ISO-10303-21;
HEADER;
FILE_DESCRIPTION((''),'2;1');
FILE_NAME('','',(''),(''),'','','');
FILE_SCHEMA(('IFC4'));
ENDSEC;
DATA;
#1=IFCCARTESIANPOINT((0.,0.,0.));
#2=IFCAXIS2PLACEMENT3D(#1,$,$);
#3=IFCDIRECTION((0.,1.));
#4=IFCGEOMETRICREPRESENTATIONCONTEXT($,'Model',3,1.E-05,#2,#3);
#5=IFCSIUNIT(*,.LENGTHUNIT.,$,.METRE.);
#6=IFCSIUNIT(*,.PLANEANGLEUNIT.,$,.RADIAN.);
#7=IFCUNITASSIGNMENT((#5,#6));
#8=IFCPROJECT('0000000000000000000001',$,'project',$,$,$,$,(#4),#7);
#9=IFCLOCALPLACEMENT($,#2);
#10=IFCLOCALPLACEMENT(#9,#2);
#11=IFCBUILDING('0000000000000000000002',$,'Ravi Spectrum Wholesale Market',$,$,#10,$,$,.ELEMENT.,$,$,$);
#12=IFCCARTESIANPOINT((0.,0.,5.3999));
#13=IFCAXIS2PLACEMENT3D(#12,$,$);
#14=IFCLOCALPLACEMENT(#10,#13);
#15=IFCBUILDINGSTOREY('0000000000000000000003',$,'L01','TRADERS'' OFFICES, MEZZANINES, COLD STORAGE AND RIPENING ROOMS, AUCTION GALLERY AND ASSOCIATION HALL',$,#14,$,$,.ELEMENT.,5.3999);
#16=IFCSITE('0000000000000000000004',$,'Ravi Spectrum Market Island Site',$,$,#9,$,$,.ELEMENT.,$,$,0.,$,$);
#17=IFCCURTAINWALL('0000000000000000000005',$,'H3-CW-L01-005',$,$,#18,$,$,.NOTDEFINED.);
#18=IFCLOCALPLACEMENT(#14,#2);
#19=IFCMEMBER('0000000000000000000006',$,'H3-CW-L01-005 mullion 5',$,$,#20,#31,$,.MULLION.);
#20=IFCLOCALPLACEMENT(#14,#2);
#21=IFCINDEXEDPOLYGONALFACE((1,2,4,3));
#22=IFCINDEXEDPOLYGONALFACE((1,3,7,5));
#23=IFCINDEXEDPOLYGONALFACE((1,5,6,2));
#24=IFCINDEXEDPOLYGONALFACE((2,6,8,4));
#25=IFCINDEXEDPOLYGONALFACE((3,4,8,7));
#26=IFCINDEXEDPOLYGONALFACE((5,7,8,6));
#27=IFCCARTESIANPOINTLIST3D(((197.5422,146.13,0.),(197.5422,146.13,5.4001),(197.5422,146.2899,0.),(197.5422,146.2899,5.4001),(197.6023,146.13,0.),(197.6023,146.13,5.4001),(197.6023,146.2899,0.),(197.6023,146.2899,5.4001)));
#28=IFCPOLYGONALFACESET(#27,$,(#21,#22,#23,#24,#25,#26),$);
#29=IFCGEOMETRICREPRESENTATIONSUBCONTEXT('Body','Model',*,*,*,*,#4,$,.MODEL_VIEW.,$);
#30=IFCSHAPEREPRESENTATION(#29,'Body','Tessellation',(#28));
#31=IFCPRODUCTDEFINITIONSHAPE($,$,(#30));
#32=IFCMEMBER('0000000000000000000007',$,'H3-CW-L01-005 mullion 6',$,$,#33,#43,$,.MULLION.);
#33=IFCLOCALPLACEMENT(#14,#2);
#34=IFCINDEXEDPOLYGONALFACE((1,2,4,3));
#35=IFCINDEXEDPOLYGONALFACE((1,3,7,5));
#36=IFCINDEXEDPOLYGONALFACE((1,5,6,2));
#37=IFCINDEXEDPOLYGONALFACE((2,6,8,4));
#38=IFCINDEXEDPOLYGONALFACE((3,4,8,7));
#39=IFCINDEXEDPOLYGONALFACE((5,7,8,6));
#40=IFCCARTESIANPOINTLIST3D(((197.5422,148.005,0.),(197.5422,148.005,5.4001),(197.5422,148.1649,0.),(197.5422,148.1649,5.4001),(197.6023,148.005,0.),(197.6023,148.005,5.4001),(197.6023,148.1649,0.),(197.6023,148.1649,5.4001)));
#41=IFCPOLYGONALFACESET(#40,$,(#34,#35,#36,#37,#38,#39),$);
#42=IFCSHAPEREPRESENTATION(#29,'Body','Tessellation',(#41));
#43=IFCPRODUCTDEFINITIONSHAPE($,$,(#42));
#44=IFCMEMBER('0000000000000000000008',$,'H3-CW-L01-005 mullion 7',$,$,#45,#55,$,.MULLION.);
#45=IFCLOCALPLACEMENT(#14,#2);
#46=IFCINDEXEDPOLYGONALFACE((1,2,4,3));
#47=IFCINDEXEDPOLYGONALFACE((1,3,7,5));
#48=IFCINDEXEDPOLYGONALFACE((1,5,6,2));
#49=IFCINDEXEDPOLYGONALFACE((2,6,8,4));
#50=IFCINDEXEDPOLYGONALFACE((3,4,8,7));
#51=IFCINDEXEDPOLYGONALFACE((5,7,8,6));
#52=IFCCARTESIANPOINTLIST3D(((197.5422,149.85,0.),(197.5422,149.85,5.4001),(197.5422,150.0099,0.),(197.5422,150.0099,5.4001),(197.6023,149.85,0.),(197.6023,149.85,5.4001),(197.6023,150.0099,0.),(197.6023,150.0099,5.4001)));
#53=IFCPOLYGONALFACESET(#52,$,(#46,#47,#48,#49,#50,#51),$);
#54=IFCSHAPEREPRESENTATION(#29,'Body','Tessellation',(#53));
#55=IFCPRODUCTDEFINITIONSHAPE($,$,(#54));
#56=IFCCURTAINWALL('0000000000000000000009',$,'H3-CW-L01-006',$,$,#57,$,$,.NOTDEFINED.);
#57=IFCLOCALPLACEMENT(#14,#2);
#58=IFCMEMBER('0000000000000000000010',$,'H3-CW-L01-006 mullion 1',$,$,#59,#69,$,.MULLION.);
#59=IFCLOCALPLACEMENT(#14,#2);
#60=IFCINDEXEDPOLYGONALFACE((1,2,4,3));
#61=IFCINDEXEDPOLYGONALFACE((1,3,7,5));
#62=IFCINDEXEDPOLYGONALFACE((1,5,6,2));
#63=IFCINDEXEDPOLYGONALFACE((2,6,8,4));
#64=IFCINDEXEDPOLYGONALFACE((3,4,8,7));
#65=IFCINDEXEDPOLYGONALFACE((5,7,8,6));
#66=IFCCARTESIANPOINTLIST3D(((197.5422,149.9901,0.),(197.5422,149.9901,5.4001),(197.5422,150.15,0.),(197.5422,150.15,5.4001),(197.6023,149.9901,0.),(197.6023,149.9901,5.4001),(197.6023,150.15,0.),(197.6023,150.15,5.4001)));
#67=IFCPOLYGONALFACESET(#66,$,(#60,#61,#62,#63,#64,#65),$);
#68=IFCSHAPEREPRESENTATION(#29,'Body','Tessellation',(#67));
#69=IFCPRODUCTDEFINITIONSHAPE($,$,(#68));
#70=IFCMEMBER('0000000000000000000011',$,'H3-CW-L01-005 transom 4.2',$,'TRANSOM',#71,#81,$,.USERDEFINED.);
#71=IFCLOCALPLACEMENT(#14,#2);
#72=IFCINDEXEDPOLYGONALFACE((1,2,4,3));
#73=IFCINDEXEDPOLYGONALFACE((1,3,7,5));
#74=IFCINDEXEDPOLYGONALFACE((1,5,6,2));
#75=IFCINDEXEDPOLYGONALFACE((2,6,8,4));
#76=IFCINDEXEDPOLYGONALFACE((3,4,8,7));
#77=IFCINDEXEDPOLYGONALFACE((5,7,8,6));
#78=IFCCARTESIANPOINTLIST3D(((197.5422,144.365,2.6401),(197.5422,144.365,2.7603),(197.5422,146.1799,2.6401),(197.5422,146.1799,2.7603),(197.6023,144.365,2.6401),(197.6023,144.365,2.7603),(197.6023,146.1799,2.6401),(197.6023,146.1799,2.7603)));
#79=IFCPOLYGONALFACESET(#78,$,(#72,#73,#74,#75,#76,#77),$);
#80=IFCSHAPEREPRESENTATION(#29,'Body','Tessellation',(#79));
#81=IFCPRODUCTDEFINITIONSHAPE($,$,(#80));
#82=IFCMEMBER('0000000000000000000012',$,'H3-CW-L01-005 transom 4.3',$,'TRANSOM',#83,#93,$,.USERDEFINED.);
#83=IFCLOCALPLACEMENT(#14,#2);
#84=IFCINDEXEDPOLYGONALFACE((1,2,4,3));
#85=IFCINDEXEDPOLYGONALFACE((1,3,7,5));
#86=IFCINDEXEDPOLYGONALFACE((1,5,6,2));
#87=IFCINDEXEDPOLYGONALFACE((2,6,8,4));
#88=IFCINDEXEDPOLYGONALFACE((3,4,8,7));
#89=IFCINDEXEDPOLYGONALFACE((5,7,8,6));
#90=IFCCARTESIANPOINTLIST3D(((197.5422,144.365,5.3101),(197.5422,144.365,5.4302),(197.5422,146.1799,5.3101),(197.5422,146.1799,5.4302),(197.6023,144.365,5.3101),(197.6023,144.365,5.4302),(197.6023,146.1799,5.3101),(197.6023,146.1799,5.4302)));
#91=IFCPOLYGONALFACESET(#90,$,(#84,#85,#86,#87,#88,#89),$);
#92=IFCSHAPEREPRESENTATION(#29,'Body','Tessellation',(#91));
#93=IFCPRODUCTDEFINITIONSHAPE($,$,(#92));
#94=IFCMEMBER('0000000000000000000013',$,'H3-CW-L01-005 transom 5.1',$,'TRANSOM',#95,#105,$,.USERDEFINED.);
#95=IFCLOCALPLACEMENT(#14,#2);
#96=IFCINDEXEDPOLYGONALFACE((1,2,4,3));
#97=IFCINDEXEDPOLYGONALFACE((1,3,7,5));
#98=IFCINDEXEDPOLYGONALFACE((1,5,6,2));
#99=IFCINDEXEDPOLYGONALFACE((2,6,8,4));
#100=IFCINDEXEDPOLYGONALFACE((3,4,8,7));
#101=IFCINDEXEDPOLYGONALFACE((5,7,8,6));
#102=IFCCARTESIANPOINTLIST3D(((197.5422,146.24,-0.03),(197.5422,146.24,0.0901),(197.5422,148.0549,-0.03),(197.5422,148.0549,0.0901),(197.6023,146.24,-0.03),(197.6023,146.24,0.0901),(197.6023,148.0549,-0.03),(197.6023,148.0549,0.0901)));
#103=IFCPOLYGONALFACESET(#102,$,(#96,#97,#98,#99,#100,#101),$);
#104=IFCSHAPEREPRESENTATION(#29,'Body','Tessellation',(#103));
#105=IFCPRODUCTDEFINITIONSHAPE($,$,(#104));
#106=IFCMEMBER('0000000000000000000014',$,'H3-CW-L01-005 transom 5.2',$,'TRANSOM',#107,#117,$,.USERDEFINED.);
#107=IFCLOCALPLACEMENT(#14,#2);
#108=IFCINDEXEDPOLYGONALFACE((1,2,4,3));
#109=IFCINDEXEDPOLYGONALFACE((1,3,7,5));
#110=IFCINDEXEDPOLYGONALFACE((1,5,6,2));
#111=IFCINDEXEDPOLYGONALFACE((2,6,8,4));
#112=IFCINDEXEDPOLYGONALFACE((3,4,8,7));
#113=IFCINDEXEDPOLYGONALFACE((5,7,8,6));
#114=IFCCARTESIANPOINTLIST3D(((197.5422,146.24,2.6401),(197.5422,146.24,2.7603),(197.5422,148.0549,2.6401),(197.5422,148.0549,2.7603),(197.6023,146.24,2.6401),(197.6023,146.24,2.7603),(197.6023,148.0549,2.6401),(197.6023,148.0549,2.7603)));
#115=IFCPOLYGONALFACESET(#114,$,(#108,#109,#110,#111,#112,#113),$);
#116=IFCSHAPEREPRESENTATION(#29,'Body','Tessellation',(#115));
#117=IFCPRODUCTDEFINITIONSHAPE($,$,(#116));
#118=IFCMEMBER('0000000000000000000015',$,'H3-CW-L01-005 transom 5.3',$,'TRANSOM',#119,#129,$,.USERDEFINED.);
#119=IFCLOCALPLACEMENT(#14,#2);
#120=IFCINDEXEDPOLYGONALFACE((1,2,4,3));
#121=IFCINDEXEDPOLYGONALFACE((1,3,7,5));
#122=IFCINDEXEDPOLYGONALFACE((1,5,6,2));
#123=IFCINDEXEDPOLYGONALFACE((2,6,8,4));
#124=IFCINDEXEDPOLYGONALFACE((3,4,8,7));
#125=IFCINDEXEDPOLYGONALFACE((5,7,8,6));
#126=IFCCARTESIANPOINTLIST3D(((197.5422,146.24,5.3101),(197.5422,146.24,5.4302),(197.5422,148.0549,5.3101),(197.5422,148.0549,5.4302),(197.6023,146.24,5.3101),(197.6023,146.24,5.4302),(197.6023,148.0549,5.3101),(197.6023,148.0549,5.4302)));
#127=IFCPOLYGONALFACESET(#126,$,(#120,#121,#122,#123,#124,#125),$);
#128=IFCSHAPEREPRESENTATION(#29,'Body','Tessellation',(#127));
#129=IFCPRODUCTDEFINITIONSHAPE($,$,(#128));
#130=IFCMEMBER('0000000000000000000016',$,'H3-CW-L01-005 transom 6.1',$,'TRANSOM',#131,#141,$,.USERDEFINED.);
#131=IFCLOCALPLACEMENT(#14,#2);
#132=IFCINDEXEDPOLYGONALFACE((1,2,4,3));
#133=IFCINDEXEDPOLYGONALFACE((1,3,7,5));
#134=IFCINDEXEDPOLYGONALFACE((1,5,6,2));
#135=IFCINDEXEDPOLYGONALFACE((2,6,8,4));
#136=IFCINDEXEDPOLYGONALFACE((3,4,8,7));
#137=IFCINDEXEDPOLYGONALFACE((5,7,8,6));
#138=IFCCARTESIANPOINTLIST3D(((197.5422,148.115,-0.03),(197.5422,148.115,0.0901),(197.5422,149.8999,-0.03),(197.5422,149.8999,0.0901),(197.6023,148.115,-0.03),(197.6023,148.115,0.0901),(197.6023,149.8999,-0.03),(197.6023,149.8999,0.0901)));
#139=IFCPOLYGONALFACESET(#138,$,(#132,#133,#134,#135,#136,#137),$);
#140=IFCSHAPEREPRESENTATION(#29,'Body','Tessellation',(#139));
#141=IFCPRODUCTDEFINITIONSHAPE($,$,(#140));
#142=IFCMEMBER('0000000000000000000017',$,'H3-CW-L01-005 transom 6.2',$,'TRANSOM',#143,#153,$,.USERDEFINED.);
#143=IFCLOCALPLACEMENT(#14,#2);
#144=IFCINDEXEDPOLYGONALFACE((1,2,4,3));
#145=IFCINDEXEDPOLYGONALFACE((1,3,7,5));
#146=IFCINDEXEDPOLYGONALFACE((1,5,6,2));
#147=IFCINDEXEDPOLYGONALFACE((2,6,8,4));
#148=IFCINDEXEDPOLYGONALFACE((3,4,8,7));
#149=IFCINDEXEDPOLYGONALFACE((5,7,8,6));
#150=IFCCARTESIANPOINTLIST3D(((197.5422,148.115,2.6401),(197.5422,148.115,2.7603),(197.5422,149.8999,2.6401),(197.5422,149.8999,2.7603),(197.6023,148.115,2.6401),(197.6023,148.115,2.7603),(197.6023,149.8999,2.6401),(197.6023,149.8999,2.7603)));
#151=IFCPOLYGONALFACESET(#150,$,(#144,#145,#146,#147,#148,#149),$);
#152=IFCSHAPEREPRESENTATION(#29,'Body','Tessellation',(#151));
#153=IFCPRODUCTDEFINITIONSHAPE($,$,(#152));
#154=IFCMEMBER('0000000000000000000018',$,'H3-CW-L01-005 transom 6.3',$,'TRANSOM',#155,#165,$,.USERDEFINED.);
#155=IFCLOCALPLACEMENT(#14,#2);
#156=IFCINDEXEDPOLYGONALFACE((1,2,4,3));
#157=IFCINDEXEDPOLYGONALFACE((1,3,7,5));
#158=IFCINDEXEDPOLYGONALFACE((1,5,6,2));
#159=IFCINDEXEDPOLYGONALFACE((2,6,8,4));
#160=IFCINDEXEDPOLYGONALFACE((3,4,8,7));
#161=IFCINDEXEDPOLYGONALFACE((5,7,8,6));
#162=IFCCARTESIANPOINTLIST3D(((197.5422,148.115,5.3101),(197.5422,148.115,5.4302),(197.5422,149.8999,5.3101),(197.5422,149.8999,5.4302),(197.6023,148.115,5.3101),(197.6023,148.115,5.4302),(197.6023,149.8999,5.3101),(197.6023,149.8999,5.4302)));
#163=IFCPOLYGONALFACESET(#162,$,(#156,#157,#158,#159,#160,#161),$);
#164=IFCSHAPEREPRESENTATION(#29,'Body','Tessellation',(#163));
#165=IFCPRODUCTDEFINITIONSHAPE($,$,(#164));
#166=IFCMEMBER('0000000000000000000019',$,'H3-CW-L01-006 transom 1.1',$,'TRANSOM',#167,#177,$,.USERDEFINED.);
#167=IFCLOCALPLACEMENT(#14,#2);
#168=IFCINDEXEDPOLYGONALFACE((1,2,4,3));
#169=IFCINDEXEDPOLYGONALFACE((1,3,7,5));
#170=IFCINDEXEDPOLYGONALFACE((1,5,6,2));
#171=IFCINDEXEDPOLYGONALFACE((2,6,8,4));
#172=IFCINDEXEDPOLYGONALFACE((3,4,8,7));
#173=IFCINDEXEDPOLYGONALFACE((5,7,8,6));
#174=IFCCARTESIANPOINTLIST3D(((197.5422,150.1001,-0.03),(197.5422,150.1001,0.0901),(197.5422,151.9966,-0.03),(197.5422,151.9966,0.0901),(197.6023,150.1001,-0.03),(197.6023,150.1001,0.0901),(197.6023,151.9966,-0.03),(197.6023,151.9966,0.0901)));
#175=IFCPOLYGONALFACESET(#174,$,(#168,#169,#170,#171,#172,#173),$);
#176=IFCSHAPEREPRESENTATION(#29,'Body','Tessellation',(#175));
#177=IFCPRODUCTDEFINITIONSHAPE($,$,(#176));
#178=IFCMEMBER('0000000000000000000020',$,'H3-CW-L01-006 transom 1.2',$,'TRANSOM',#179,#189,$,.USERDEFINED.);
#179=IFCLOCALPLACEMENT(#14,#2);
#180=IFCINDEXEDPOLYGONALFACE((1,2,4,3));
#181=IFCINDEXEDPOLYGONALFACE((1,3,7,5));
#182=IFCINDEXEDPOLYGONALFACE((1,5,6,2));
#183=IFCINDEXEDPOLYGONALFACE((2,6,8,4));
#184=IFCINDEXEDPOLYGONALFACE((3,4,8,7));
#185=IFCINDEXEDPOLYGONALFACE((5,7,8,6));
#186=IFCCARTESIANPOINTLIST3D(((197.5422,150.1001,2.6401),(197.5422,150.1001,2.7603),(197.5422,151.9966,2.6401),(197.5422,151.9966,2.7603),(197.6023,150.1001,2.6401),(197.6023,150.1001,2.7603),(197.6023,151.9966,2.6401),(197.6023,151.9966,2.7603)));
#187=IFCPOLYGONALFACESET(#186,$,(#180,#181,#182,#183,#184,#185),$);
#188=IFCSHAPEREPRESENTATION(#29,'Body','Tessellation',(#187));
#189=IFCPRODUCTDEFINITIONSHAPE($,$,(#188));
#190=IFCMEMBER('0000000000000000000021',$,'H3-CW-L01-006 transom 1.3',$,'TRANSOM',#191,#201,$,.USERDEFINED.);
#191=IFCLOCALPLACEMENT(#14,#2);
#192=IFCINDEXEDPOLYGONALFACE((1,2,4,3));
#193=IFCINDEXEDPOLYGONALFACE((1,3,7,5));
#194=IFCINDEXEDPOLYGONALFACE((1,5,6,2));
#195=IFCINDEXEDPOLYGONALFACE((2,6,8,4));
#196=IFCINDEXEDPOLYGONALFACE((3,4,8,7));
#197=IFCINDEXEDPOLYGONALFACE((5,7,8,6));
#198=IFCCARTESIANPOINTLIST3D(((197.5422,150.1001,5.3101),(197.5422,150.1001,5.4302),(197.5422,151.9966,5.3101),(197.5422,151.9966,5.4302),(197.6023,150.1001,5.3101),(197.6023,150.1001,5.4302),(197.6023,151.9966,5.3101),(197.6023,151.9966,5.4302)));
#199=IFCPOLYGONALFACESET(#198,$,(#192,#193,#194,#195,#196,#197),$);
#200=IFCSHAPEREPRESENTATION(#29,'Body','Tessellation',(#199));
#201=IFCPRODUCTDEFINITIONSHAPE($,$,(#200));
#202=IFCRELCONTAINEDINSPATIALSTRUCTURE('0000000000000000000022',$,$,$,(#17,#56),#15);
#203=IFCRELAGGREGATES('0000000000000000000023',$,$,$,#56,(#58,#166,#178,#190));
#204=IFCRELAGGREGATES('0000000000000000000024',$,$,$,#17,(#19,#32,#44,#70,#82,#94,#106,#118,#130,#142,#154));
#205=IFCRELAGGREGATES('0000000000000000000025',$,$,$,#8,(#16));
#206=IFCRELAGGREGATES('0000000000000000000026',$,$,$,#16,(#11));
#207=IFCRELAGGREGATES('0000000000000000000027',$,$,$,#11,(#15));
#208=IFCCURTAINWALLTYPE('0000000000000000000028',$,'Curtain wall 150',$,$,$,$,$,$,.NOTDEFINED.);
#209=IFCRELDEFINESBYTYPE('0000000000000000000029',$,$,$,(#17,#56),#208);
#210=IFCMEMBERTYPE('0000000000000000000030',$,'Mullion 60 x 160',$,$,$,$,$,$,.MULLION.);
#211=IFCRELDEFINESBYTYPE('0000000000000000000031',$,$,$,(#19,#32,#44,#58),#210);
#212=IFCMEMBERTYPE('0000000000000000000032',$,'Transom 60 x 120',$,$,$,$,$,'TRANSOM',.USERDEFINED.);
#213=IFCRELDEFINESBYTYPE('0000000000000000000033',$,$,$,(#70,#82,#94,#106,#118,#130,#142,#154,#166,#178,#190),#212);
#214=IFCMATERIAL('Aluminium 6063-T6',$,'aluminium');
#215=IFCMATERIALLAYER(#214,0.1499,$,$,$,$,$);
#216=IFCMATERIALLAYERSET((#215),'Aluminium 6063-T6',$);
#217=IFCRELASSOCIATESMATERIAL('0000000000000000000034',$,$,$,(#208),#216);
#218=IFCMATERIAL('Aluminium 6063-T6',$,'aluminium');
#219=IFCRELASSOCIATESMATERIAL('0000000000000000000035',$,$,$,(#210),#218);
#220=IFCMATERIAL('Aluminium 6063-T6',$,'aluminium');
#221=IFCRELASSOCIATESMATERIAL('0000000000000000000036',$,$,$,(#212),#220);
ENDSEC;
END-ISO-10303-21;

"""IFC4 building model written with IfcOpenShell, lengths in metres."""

from ifc_helpers import new_model, si_unit, direction, frame, origin, origin_2d, place, context, subcontext, project, spatial, rectangle, extrude, material, layer, layer_set, material_profile, profile_set, type_object, element, aggregate, save


model = new_model("IFC4")

# Units and contexts
model_context = context("Model", 3, precision=1e-05, world=origin(), true_north=direction((0.0, 1.0)))
body_context = subcontext(model_context, "Body", "Model", "MODEL_VIEW")
ifc_project = project(units=[si_unit("LENGTHUNIT", "METRE"), si_unit("PLANEANGLEUNIT", "RADIAN")], contexts=[model_context])

# Site, building, storey
site_placement = place(None, origin())
site = spatial("IfcSite", under=ifc_project, at=site_placement, Name="Ravi Spectrum Market Island Site", CompositionType="ELEMENT", RefElevation=0.0)
building_placement = place(site_placement, origin())
building = spatial("IfcBuilding", under=site, at=building_placement, Name="Ravi Spectrum Wholesale Market", CompositionType="ELEMENT")
storey_placement = place(building_placement, frame((0.0, 0.0, 5.3999)))
storey = spatial("IfcBuildingStorey", under=building, at=storey_placement, Name="L01", Description="TRADERS' OFFICES, MEZZANINES, COLD STORAGE AND RIPENING ROOMS, AUCTION GALLERY AND ASSOCIATION HALL", CompositionType="ELEMENT", Elevation=5.3999)

# Curtain wall, members
ifc_material_1 = material(Name="Aluminium 6063-T6", Category="aluminium")
ifc_layer_1 = layer(ifc_material_1, 0.1499)
ifc_layer_set_1 = layer_set([ifc_layer_1], Name="Aluminium 6063-T6")
curtain_wall_type = type_object("IfcCurtainWallType", Name="Curtain wall 150", PredefinedType="NOTDEFINED", material=ifc_layer_set_1)
curtain_wall_1_placement = place(storey_placement, origin())
curtain_wall_1 = element("IfcCurtainWall", 1, at=curtain_wall_1_placement, inside=storey, type_object=curtain_wall_type, Name="H3-CW-L01-005", PredefinedType="NOTDEFINED")
ifc_material_2 = material(Name="Aluminium 6063-T6", Category="aluminium")
ifc_material_profile_1 = material_profile(ifc_material_2, rectangle(XDim=0.0601, YDim=0.1599, at=origin_2d()))
ifc_profile_set_1 = profile_set([ifc_material_profile_1], Name="Aluminium 6063-T6")
member_type_1 = type_object("IfcMemberType", Name="Mullion 60 x 160", PredefinedType="MULLION", material=ifc_profile_set_1)
member_1_placement = place(storey_placement, frame((197.5723, 146.21, 0.0), z_axis=(0.0, 0.0, 1.0), x_axis=(-1.0, 0.0, 0.0)))
member_1 = element("IfcMember", 2, at=member_1_placement, type_object=member_type_1, Name="H3-CW-L01-005 mullion 5", PredefinedType="MULLION", context=body_context, shape_type="SweptSolid", body=[
    extrude(rectangle(XDim=0.0601, YDim=0.1599, at=origin_2d()), origin(), (0.0, 0.0, 1.0), 5.4001),
])
member_2_placement = place(storey_placement, frame((197.5723, 148.085, 0.0), z_axis=(0.0, 0.0, 1.0), x_axis=(-1.0, 0.0, 0.0)))
member_2 = element("IfcMember", 3, at=member_2_placement, type_object=member_type_1, Name="H3-CW-L01-005 mullion 6", PredefinedType="MULLION", context=body_context, shape_type="SweptSolid", body=[
    extrude(rectangle(XDim=0.0601, YDim=0.1599, at=origin_2d()), origin(), (0.0, 0.0, 1.0), 5.4001),
])
member_3_placement = place(storey_placement, frame((197.5723, 149.9299, 0.0), z_axis=(0.0, 0.0, 1.0), x_axis=(-1.0, 0.0, 0.0)))
member_3 = element("IfcMember", 4, at=member_3_placement, type_object=member_type_1, Name="H3-CW-L01-005 mullion 7", PredefinedType="MULLION", context=body_context, shape_type="SweptSolid", body=[
    extrude(rectangle(XDim=0.0601, YDim=0.1599, at=origin_2d()), origin(), (0.0, 0.0, 1.0), 5.4001),
])

# Curtain wall, member
curtain_wall_2_placement = place(storey_placement, origin())
curtain_wall_2 = element("IfcCurtainWall", 5, at=curtain_wall_2_placement, inside=storey, type_object=curtain_wall_type, Name="H3-CW-L01-006", PredefinedType="NOTDEFINED")
member_4_placement = place(storey_placement, frame((197.5723, 150.0701, 0.0), z_axis=(0.0, 0.0, 1.0), x_axis=(-1.0, 0.0, 0.0)))
member_4 = element("IfcMember", 6, at=member_4_placement, type_object=member_type_1, Name="H3-CW-L01-006 mullion 1", PredefinedType="MULLION", context=body_context, shape_type="SweptSolid", body=[
    extrude(rectangle(XDim=0.0601, YDim=0.1599, at=origin_2d()), origin(), (0.0, 0.0, 1.0), 5.4001),
])

# Members
ifc_material_3 = material(Name="Aluminium 6063-T6", Category="aluminium")
ifc_material_profile_2 = material_profile(ifc_material_3, rectangle(XDim=0.0601, YDim=0.1201, at=origin_2d()))
ifc_profile_set_2 = profile_set([ifc_material_profile_2], Name="Aluminium 6063-T6")
member_type_2 = type_object("IfcMemberType", Name="Transom 60 x 120", ElementType="TRANSOM", PredefinedType="USERDEFINED", material=ifc_profile_set_2)
member_5_placement = place(storey_placement, frame((197.5723, 144.365, 2.7002), z_axis=(0.0, 1.0, 0.0), x_axis=(-1.0, 0.0, 0.0)))
member_5 = element("IfcMember", 7, at=member_5_placement, type_object=member_type_2, Name="H3-CW-L01-005 transom 4.2", ObjectType="TRANSOM", PredefinedType="USERDEFINED", context=body_context, shape_type="SweptSolid", body=[
    extrude(rectangle(XDim=0.0601, YDim=0.1201, at=origin_2d()), origin(), (0.0, 0.0, 1.0), 1.8149),
])
member_6_placement = place(storey_placement, frame((197.5723, 144.365, 5.3701), z_axis=(0.0, 1.0, 0.0), x_axis=(-1.0, 0.0, 0.0)))
member_6 = element("IfcMember", 8, at=member_6_placement, type_object=member_type_2, Name="H3-CW-L01-005 transom 4.3", ObjectType="TRANSOM", PredefinedType="USERDEFINED", context=body_context, shape_type="SweptSolid", body=[
    extrude(rectangle(XDim=0.0601, YDim=0.1201, at=origin_2d()), origin(), (0.0, 0.0, 1.0), 1.8149),
])
member_7_placement = place(storey_placement, frame((197.5723, 146.24, 0.03), z_axis=(0.0, 1.0, 0.0), x_axis=(-1.0, 0.0, 0.0)))
member_7 = element("IfcMember", 9, at=member_7_placement, type_object=member_type_2, Name="H3-CW-L01-005 transom 5.1", ObjectType="TRANSOM", PredefinedType="USERDEFINED", context=body_context, shape_type="SweptSolid", body=[
    extrude(rectangle(XDim=0.0601, YDim=0.1201, at=origin_2d()), origin(), (0.0, 0.0, 1.0), 1.8149),
])
member_8_placement = place(storey_placement, frame((197.5723, 146.24, 2.7002), z_axis=(0.0, 1.0, 0.0), x_axis=(-1.0, 0.0, 0.0)))
member_8 = element("IfcMember", 10, at=member_8_placement, type_object=member_type_2, Name="H3-CW-L01-005 transom 5.2", ObjectType="TRANSOM", PredefinedType="USERDEFINED", context=body_context, shape_type="SweptSolid", body=[
    extrude(rectangle(XDim=0.0601, YDim=0.1201, at=origin_2d()), origin(), (0.0, 0.0, 1.0), 1.8149),
])
member_9_placement = place(storey_placement, frame((197.5723, 146.24, 5.3701), z_axis=(0.0, 1.0, 0.0), x_axis=(-1.0, 0.0, 0.0)))
member_9 = element("IfcMember", 11, at=member_9_placement, type_object=member_type_2, Name="H3-CW-L01-005 transom 5.3", ObjectType="TRANSOM", PredefinedType="USERDEFINED", context=body_context, shape_type="SweptSolid", body=[
    extrude(rectangle(XDim=0.0601, YDim=0.1201, at=origin_2d()), origin(), (0.0, 0.0, 1.0), 1.8149),
])
member_10_placement = place(storey_placement, frame((197.5723, 148.115, 0.03), z_axis=(0.0, 1.0, 0.0), x_axis=(-1.0, 0.0, 0.0)))
member_10 = element("IfcMember", 12, at=member_10_placement, type_object=member_type_2, Name="H3-CW-L01-005 transom 6.1", ObjectType="TRANSOM", PredefinedType="USERDEFINED", context=body_context, shape_type="SweptSolid", body=[
    extrude(rectangle(XDim=0.0601, YDim=0.1201, at=origin_2d()), origin(), (0.0, 0.0, 1.0), 1.7849),
])
member_11_placement = place(storey_placement, frame((197.5723, 148.115, 2.7002), z_axis=(0.0, 1.0, 0.0), x_axis=(-1.0, 0.0, 0.0)))
member_11 = element("IfcMember", 13, at=member_11_placement, type_object=member_type_2, Name="H3-CW-L01-005 transom 6.2", ObjectType="TRANSOM", PredefinedType="USERDEFINED", context=body_context, shape_type="SweptSolid", body=[
    extrude(rectangle(XDim=0.0601, YDim=0.1201, at=origin_2d()), origin(), (0.0, 0.0, 1.0), 1.7849),
])
member_12_placement = place(storey_placement, frame((197.5723, 148.115, 5.3701), z_axis=(0.0, 1.0, 0.0), x_axis=(-1.0, 0.0, 0.0)))
member_12 = element("IfcMember", 14, at=member_12_placement, type_object=member_type_2, Name="H3-CW-L01-005 transom 6.3", ObjectType="TRANSOM", PredefinedType="USERDEFINED", context=body_context, shape_type="SweptSolid", body=[
    extrude(rectangle(XDim=0.0601, YDim=0.1201, at=origin_2d()), origin(), (0.0, 0.0, 1.0), 1.7849),
])
member_13_placement = place(storey_placement, frame((197.5723, 150.1001, 0.03), z_axis=(0.0, 1.0, 0.0), x_axis=(-1.0, 0.0, 0.0)))
member_13 = element("IfcMember", 15, at=member_13_placement, type_object=member_type_2, Name="H3-CW-L01-006 transom 1.1", ObjectType="TRANSOM", PredefinedType="USERDEFINED", context=body_context, shape_type="SweptSolid", body=[
    extrude(rectangle(XDim=0.0601, YDim=0.1201, at=origin_2d()), origin(), (0.0, 0.0, 1.0), 1.8965),
])
member_14_placement = place(storey_placement, frame((197.5723, 150.1001, 2.7002), z_axis=(0.0, 1.0, 0.0), x_axis=(-1.0, 0.0, 0.0)))
member_14 = element("IfcMember", 16, at=member_14_placement, type_object=member_type_2, Name="H3-CW-L01-006 transom 1.2", ObjectType="TRANSOM", PredefinedType="USERDEFINED", context=body_context, shape_type="SweptSolid", body=[
    extrude(rectangle(XDim=0.0601, YDim=0.1201, at=origin_2d()), origin(), (0.0, 0.0, 1.0), 1.8965),
])
member_15_placement = place(storey_placement, frame((197.5723, 150.1001, 5.3701), z_axis=(0.0, 1.0, 0.0), x_axis=(-1.0, 0.0, 0.0)))
member_15 = element("IfcMember", 17, at=member_15_placement, type_object=member_type_2, Name="H3-CW-L01-006 transom 1.3", ObjectType="TRANSOM", PredefinedType="USERDEFINED", context=body_context, shape_type="SweptSolid", body=[
    extrude(rectangle(XDim=0.0601, YDim=0.1201, at=origin_2d()), origin(), (0.0, 0.0, 1.0), 1.8965),
])

aggregate(curtain_wall_2, [member_4, member_13, member_14, member_15])
aggregate(curtain_wall_1, [member_1, member_2, member_3, member_5, member_6, member_7, member_8, member_9, member_10, member_11, member_12])

save(model, "model.ifc")
